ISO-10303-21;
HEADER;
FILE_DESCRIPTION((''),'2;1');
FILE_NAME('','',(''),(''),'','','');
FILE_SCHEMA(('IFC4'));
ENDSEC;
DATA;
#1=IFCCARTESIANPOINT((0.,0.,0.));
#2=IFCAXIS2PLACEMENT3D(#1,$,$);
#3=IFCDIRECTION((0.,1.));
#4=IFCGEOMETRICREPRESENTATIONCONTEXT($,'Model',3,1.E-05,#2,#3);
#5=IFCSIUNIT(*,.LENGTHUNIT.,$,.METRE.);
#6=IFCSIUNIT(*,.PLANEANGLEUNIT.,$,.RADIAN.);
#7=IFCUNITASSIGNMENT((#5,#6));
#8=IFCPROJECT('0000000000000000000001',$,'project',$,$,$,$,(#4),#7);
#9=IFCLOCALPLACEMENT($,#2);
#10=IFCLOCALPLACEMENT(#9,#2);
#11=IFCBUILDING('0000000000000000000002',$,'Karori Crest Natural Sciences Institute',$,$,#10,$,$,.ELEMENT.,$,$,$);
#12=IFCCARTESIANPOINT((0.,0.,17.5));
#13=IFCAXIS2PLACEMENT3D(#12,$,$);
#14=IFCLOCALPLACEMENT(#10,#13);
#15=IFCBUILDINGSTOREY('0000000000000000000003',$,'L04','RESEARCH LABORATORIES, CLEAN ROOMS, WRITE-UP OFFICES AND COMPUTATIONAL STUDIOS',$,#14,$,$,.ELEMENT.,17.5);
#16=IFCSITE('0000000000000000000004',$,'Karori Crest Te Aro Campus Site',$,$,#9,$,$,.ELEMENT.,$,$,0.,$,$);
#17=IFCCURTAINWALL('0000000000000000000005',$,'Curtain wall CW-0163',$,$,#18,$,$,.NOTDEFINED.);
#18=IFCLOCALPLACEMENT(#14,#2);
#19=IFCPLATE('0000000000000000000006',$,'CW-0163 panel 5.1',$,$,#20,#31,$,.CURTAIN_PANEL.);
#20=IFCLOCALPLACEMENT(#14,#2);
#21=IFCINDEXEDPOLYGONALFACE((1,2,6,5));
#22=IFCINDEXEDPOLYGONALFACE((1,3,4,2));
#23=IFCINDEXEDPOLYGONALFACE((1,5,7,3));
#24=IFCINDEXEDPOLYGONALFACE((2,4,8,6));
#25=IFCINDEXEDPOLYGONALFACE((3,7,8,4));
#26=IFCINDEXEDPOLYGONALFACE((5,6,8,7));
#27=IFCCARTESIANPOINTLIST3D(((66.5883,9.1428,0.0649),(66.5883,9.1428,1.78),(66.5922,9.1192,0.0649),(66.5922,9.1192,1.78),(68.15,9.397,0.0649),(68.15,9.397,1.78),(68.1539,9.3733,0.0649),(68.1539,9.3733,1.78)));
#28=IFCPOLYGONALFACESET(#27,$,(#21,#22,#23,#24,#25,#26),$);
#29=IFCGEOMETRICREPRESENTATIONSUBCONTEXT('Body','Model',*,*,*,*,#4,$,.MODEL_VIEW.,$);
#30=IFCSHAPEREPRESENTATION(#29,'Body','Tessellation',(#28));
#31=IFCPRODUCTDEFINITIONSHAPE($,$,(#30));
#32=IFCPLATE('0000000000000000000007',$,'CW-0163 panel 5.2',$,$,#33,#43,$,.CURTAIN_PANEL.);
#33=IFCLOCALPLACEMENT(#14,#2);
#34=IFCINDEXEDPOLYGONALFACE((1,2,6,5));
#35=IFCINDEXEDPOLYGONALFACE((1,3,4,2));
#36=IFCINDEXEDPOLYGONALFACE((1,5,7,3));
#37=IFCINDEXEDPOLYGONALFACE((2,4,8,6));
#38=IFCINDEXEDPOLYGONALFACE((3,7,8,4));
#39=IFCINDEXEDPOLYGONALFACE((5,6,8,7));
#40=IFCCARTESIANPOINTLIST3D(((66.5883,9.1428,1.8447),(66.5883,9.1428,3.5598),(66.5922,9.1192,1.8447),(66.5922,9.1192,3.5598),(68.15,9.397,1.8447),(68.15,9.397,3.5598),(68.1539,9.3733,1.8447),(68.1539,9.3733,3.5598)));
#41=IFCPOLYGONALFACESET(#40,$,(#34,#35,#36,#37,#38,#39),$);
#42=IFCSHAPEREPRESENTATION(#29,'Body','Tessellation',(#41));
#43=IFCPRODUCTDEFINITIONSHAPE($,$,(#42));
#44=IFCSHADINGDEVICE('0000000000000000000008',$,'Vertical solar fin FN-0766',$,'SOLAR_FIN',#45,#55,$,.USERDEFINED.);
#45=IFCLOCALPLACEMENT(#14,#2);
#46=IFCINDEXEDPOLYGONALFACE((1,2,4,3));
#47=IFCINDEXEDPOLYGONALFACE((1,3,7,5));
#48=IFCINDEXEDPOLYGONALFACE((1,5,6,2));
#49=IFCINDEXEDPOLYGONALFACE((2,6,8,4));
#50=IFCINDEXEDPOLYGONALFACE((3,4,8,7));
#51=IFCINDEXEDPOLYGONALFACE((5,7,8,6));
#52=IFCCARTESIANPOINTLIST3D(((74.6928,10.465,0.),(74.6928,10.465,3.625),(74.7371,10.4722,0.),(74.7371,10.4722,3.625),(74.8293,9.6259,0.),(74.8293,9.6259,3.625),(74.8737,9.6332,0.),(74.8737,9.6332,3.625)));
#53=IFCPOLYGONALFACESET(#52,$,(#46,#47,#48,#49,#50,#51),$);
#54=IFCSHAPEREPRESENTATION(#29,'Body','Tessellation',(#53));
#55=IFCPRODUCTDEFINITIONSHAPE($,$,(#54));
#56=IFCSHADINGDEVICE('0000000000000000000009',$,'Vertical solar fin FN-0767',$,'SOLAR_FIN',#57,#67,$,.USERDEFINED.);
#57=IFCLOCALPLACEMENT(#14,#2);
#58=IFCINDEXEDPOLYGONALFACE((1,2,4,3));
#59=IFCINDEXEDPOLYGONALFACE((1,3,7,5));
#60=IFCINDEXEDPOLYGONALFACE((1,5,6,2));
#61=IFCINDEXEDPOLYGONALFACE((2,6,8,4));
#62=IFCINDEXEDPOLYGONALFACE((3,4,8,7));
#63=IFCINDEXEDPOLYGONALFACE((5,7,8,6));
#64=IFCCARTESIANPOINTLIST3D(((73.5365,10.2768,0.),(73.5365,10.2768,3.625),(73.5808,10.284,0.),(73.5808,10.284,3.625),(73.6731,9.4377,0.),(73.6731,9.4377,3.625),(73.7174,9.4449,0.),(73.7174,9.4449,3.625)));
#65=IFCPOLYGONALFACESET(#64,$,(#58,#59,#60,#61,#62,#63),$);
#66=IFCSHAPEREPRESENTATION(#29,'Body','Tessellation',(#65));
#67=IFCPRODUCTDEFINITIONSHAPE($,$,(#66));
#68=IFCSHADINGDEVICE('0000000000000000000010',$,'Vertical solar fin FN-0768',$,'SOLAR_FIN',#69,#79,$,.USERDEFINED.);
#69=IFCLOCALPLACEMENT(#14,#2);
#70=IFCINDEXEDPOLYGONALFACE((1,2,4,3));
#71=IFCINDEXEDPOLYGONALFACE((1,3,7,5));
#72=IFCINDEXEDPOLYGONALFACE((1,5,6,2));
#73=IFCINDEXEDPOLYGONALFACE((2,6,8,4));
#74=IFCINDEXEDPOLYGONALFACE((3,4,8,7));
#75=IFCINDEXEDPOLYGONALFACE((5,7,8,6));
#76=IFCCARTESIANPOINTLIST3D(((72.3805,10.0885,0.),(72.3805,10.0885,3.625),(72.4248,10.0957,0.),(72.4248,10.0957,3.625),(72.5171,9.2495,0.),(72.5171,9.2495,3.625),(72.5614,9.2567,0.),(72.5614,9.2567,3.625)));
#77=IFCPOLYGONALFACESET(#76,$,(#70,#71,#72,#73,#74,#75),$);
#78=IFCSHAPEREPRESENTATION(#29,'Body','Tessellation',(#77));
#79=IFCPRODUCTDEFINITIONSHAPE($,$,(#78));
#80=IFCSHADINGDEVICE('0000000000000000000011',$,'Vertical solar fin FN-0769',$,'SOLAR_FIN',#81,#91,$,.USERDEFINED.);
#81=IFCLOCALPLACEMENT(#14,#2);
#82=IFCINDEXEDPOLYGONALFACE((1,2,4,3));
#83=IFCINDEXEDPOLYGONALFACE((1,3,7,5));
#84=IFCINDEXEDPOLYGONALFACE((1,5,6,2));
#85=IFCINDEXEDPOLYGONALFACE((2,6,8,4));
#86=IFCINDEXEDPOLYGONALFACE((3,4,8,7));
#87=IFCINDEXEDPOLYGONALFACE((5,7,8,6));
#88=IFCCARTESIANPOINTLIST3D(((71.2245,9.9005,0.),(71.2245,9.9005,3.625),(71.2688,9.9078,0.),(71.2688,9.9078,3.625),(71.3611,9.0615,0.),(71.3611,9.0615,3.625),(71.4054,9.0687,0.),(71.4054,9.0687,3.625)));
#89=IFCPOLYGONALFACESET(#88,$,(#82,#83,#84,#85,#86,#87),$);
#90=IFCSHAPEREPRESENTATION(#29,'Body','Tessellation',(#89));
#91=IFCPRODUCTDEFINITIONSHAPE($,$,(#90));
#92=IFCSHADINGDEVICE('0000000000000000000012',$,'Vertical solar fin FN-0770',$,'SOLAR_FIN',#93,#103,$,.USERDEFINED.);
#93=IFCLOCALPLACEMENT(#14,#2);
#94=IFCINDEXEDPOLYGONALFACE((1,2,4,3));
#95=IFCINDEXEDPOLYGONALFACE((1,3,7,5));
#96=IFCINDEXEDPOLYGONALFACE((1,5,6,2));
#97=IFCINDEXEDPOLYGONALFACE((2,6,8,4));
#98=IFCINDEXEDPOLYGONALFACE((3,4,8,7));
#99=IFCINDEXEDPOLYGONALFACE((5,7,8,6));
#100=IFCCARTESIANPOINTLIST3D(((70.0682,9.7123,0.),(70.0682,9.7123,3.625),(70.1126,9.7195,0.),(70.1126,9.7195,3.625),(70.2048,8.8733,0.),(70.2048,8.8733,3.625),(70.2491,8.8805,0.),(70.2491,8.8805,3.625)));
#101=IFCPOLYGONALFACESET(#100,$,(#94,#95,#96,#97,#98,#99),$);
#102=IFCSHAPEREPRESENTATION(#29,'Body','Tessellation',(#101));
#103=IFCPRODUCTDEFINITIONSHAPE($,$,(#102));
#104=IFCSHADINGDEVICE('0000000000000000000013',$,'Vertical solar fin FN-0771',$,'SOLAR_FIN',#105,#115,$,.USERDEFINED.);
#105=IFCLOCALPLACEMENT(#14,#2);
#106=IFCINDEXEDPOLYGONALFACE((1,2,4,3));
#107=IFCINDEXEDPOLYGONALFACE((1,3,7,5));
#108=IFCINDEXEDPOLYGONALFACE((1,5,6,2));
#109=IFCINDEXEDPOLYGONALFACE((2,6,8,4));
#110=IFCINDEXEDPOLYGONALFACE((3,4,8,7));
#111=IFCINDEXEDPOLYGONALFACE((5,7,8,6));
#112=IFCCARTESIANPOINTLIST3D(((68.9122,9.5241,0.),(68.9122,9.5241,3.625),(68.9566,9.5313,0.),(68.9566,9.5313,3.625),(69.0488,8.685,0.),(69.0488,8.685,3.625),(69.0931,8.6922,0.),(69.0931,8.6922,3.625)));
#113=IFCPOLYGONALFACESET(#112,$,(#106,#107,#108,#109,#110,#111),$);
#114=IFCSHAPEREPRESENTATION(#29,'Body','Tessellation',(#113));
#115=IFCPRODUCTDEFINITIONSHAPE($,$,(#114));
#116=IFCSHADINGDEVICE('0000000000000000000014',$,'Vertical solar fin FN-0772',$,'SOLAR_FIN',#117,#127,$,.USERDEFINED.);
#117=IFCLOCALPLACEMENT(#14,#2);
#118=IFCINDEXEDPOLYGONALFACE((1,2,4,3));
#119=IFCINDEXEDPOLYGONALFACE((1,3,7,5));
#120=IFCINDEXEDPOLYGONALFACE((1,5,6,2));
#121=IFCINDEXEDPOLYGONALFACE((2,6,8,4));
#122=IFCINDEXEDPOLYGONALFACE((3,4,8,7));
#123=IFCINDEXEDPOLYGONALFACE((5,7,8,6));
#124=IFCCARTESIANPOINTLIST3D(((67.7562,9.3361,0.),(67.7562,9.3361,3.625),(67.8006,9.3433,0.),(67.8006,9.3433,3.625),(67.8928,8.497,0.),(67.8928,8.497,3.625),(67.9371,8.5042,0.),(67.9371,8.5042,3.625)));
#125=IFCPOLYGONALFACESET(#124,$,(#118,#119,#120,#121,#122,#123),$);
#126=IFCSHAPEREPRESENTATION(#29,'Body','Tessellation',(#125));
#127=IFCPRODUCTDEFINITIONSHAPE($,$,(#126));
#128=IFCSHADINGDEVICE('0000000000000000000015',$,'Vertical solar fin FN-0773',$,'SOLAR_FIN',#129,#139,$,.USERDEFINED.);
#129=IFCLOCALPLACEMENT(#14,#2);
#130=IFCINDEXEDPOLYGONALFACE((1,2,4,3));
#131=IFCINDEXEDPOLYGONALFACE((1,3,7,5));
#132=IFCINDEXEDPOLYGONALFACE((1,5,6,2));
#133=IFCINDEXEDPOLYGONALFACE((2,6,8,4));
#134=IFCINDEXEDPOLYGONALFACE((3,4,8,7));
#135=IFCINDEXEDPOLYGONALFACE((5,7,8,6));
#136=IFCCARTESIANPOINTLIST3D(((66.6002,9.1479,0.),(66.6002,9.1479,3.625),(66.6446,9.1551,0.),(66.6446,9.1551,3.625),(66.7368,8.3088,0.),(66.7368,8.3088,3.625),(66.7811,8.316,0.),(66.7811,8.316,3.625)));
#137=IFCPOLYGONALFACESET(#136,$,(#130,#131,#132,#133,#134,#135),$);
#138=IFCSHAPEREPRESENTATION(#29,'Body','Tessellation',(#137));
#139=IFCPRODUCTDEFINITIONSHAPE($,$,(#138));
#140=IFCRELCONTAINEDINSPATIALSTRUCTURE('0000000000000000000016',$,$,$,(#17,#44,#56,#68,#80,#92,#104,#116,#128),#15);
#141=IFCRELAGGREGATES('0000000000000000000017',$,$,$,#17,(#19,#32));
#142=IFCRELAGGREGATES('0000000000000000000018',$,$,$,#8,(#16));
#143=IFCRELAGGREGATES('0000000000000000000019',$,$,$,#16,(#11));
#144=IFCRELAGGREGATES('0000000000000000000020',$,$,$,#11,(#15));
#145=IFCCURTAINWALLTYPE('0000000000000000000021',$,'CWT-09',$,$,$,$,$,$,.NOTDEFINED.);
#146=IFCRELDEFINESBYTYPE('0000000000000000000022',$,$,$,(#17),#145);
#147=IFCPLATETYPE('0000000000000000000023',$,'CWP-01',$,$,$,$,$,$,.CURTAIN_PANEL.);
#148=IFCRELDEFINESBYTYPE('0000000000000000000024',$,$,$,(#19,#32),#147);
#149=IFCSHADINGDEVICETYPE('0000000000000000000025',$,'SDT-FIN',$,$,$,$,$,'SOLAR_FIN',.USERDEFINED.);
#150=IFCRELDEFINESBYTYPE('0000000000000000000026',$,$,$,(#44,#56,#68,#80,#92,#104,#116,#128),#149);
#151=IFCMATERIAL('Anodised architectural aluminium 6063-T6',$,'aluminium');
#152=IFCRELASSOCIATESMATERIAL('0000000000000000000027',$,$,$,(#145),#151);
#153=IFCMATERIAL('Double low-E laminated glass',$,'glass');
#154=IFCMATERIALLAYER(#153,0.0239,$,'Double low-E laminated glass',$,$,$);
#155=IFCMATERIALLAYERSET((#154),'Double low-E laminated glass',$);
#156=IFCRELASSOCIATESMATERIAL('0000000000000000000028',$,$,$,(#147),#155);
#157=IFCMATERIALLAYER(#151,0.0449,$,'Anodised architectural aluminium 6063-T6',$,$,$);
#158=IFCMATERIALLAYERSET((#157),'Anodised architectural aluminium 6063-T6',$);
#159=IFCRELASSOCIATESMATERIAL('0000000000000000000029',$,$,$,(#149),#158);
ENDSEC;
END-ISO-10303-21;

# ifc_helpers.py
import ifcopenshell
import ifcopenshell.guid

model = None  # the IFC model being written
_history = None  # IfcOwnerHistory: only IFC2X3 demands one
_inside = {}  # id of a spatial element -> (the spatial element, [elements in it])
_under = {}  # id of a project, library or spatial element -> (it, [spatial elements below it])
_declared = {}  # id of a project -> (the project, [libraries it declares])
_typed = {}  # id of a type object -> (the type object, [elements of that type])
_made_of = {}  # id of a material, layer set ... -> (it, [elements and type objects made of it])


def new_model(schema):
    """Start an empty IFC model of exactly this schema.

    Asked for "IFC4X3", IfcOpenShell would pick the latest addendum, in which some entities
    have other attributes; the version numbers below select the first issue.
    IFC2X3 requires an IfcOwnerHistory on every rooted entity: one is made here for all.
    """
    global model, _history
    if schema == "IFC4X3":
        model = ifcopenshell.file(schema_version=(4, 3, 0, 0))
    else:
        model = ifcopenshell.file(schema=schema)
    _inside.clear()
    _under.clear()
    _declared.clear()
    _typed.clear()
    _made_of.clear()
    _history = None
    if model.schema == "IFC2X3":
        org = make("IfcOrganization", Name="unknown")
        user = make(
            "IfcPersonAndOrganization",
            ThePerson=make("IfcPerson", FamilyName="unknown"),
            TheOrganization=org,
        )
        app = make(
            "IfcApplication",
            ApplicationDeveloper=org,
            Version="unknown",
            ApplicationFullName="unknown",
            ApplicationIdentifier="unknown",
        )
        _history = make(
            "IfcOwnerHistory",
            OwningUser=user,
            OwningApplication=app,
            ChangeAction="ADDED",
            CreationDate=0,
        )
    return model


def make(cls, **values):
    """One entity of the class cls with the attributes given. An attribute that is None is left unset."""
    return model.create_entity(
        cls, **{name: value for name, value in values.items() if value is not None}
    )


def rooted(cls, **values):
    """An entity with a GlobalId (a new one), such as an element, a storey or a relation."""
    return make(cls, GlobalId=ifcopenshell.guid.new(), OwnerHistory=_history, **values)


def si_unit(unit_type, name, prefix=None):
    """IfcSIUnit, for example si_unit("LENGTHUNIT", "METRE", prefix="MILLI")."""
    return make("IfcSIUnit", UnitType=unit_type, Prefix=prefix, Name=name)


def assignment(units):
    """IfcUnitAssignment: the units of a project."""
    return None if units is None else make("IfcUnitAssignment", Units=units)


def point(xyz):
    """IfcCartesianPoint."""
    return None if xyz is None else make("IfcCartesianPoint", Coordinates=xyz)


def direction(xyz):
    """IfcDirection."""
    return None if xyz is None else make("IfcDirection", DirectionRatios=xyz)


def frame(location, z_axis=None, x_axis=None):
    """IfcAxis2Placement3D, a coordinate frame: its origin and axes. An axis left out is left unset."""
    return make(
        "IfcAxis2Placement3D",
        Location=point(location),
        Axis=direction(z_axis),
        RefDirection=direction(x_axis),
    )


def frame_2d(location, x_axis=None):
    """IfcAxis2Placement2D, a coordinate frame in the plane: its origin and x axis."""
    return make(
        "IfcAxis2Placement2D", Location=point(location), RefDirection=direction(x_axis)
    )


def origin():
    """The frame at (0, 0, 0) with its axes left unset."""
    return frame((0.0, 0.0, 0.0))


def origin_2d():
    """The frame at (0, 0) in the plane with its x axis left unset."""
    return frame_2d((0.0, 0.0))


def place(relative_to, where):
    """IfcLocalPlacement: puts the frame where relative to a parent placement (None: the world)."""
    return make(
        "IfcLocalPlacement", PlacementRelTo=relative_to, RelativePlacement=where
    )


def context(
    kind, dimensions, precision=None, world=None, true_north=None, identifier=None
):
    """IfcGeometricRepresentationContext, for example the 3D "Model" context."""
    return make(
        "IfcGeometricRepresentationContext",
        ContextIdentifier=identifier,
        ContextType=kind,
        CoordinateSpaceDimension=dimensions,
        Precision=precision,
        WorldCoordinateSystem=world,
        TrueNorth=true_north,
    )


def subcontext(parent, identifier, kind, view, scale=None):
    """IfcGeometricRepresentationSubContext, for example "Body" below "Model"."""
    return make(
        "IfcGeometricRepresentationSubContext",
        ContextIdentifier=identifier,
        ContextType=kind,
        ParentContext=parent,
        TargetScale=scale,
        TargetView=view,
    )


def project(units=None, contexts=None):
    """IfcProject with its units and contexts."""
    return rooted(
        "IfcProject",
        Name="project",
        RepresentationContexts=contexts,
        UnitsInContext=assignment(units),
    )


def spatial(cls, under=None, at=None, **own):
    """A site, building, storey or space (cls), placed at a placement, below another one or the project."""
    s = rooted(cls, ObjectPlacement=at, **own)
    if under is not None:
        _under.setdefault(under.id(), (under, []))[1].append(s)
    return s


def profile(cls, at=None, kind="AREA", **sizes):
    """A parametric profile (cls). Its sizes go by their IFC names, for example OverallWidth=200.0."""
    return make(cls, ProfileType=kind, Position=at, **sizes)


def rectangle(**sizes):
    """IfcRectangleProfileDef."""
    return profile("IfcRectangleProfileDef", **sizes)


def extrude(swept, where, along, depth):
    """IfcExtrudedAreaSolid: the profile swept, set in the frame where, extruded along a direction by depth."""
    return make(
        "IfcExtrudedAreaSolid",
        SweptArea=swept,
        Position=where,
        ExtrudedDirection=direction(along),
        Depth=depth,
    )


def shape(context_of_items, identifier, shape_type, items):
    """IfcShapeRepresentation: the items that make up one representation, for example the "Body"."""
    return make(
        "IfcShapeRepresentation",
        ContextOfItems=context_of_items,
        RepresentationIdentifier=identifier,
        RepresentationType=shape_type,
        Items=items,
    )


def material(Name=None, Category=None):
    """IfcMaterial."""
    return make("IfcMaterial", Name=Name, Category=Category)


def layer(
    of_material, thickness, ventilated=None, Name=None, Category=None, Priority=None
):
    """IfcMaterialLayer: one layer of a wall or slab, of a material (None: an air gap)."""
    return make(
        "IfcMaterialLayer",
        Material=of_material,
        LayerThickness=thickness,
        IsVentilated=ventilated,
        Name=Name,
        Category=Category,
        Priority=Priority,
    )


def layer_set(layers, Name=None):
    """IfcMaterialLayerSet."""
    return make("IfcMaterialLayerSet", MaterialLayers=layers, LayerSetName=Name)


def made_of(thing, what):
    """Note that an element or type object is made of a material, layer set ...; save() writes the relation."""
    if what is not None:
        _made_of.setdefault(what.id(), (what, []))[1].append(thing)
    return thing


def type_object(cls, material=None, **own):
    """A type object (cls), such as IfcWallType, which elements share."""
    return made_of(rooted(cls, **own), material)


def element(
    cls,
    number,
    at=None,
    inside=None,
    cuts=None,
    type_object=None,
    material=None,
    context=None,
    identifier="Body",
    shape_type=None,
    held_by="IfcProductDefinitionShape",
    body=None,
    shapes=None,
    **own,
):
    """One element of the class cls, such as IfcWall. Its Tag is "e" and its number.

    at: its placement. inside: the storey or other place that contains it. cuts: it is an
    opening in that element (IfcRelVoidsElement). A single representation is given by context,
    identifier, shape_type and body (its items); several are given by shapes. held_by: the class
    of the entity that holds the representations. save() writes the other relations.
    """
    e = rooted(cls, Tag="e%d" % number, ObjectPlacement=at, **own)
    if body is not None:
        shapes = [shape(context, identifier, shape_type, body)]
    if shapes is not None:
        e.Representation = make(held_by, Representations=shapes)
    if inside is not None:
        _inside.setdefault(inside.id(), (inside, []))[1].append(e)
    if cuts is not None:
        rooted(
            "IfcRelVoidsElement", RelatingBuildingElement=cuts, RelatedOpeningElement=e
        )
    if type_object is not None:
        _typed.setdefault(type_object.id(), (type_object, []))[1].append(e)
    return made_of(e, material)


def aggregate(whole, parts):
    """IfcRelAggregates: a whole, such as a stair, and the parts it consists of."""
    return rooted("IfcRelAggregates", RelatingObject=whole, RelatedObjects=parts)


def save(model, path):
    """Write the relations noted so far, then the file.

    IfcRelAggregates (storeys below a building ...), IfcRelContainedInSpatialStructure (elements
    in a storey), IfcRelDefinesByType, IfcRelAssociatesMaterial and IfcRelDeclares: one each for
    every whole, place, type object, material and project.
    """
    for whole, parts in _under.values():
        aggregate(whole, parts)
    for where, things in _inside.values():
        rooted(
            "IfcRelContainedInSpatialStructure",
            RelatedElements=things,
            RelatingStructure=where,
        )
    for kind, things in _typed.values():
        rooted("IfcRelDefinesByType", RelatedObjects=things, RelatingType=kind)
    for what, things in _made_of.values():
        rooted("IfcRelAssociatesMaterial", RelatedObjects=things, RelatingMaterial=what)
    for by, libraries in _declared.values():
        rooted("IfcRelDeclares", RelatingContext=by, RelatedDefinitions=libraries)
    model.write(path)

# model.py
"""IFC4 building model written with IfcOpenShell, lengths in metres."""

from ifc_helpers import new_model, si_unit, direction, frame, origin, origin_2d, place, context, subcontext, project, spatial, rectangle, extrude, material, layer, layer_set, type_object, element, aggregate, save


model = new_model("IFC4")

# Units and contexts
model_context = context("Model", 3, precision=1e-05, world=origin(), true_north=direction((0.0, 1.0)))
body_context = subcontext(model_context, "Body", "Model", "MODEL_VIEW")
ifc_project = project(units=[si_unit("LENGTHUNIT", "METRE"), si_unit("PLANEANGLEUNIT", "RADIAN")], contexts=[model_context])

# Site, building, storey
site_placement = place(None, origin())
site = spatial("IfcSite", under=ifc_project, at=site_placement, Name="Karori Crest Te Aro Campus Site", CompositionType="ELEMENT", RefElevation=0.0)
building_placement = place(site_placement, origin())
building = spatial("IfcBuilding", under=site, at=building_placement, Name="Karori Crest Natural Sciences Institute", CompositionType="ELEMENT")
storey_placement = place(building_placement, frame((0.0, 0.0, 17.5)))
storey = spatial("IfcBuildingStorey", under=building, at=storey_placement, Name="L04", Description="RESEARCH LABORATORIES, CLEAN ROOMS, WRITE-UP OFFICES AND COMPUTATIONAL STUDIOS", CompositionType="ELEMENT", Elevation=17.5)

# Curtain wall, plates
ifc_material_1 = material(Name="Anodised architectural aluminium 6063-T6", Category="aluminium")
curtain_wall_type = type_object("IfcCurtainWallType", Name="CWT-09", PredefinedType="NOTDEFINED", material=ifc_material_1)
curtain_wall_placement = place(storey_placement, origin())
curtain_wall = element("IfcCurtainWall", 1, at=curtain_wall_placement, inside=storey, type_object=curtain_wall_type, Name="Curtain wall CW-0163", PredefinedType="NOTDEFINED")
ifc_material_2 = material(Name="Double low-E laminated glass", Category="glass")
ifc_layer_1 = layer(ifc_material_2, 0.0239, Name="Double low-E laminated glass")
ifc_layer_set_1 = layer_set([ifc_layer_1], Name="Double low-E laminated glass")
plate_type = type_object("IfcPlateType", Name="CWP-01", PredefinedType="CURTAIN_PANEL", material=ifc_layer_set_1)
plate_1_placement = place(storey_placement, frame((67.3711, 9.2581, 0.0649), z_axis=(0.0, 0.0, 1.0), x_axis=(-0.987011, -0.16065, 0.0)))
plate_1 = element("IfcPlate", 2, at=plate_1_placement, type_object=plate_type, Name="CW-0163 panel 5.1", PredefinedType="CURTAIN_PANEL", context=body_context, shape_type="SweptSolid", body=[
    extrude(rectangle(XDim=1.5823, YDim=0.0239, at=origin_2d()), origin(), (0.0, 0.0, 1.0), 1.7151),
])
plate_2_placement = place(storey_placement, frame((67.3711, 9.2581, 1.8447), z_axis=(0.0, 0.0, 1.0), x_axis=(-0.987011, -0.16065, 0.0)))
plate_2 = element("IfcPlate", 3, at=plate_2_placement, type_object=plate_type, Name="CW-0163 panel 5.2", PredefinedType="CURTAIN_PANEL", context=body_context, shape_type="SweptSolid", body=[
    extrude(rectangle(XDim=1.5823, YDim=0.0239, at=origin_2d()), origin(), (0.0, 0.0, 1.0), 1.7151),
])
aggregate(curtain_wall, [plate_1, plate_2])

# Shading devices
ifc_layer_2 = layer(ifc_material_1, 0.0449, Name="Anodised architectural aluminium 6063-T6")
ifc_layer_set_2 = layer_set([ifc_layer_2], Name="Anodised architectural aluminium 6063-T6")
shading_device_type = type_object("IfcShadingDeviceType", Name="SDT-FIN", ElementType="SOLAR_FIN", PredefinedType="USERDEFINED", material=ifc_layer_set_2)
for number, where, z_axis, x_axis, name in (
    (4, (74.7832, 10.0491, 0.0), (0.0, 0.0, 1.0), (0.16065, -0.987012, 0.0), "Vertical solar fin FN-0766"),
    (5, (73.627, 9.8608, 0.0), (0.0, 0.0, 1.0), (0.16065, -0.987012, 0.0), "Vertical solar fin FN-0767"),
    (6, (72.4709, 9.6726, 0.0), (0.0, 0.0, 1.0), (0.16065, -0.987012, 0.0), "Vertical solar fin FN-0768"),
    (7, (71.3149, 9.4846, 0.0), (0.0, 0.0, 1.0), (0.16065, -0.987012, 0.0), "Vertical solar fin FN-0769"),
    (8, (70.1587, 9.2964, 0.0), (0.0, 0.0, 1.0), (0.16065, -0.987012, 0.0), "Vertical solar fin FN-0770"),
    (9, (69.0027, 9.1082, 0.0), (0.0, 0.0, 1.0), (0.16065, -0.987012, 0.0), "Vertical solar fin FN-0771"),
    (10, (67.8467, 8.9202, 0.0), (0.0, 0.0, 1.0), (0.16065, -0.987012, 0.0), "Vertical solar fin FN-0772"),
    (11, (66.6907, 8.7319, 0.0), (0.0, 0.0, 1.0), (0.16065, -0.987012, 0.0), "Vertical solar fin FN-0773"),
):
    element("IfcShadingDevice", number, at=place(storey_placement, frame(where, z_axis=z_axis, x_axis=x_axis)), inside=storey, type_object=shading_device_type, Name=name, ObjectType="SOLAR_FIN", PredefinedType="USERDEFINED", context=body_context, shape_type="SweptSolid", body=[
        extrude(rectangle(XDim=0.8501, YDim=0.0449, at=origin_2d()), origin(), (0.0, 0.0, 1.0), 3.625),
    ])

save(model, "model.ifc")
